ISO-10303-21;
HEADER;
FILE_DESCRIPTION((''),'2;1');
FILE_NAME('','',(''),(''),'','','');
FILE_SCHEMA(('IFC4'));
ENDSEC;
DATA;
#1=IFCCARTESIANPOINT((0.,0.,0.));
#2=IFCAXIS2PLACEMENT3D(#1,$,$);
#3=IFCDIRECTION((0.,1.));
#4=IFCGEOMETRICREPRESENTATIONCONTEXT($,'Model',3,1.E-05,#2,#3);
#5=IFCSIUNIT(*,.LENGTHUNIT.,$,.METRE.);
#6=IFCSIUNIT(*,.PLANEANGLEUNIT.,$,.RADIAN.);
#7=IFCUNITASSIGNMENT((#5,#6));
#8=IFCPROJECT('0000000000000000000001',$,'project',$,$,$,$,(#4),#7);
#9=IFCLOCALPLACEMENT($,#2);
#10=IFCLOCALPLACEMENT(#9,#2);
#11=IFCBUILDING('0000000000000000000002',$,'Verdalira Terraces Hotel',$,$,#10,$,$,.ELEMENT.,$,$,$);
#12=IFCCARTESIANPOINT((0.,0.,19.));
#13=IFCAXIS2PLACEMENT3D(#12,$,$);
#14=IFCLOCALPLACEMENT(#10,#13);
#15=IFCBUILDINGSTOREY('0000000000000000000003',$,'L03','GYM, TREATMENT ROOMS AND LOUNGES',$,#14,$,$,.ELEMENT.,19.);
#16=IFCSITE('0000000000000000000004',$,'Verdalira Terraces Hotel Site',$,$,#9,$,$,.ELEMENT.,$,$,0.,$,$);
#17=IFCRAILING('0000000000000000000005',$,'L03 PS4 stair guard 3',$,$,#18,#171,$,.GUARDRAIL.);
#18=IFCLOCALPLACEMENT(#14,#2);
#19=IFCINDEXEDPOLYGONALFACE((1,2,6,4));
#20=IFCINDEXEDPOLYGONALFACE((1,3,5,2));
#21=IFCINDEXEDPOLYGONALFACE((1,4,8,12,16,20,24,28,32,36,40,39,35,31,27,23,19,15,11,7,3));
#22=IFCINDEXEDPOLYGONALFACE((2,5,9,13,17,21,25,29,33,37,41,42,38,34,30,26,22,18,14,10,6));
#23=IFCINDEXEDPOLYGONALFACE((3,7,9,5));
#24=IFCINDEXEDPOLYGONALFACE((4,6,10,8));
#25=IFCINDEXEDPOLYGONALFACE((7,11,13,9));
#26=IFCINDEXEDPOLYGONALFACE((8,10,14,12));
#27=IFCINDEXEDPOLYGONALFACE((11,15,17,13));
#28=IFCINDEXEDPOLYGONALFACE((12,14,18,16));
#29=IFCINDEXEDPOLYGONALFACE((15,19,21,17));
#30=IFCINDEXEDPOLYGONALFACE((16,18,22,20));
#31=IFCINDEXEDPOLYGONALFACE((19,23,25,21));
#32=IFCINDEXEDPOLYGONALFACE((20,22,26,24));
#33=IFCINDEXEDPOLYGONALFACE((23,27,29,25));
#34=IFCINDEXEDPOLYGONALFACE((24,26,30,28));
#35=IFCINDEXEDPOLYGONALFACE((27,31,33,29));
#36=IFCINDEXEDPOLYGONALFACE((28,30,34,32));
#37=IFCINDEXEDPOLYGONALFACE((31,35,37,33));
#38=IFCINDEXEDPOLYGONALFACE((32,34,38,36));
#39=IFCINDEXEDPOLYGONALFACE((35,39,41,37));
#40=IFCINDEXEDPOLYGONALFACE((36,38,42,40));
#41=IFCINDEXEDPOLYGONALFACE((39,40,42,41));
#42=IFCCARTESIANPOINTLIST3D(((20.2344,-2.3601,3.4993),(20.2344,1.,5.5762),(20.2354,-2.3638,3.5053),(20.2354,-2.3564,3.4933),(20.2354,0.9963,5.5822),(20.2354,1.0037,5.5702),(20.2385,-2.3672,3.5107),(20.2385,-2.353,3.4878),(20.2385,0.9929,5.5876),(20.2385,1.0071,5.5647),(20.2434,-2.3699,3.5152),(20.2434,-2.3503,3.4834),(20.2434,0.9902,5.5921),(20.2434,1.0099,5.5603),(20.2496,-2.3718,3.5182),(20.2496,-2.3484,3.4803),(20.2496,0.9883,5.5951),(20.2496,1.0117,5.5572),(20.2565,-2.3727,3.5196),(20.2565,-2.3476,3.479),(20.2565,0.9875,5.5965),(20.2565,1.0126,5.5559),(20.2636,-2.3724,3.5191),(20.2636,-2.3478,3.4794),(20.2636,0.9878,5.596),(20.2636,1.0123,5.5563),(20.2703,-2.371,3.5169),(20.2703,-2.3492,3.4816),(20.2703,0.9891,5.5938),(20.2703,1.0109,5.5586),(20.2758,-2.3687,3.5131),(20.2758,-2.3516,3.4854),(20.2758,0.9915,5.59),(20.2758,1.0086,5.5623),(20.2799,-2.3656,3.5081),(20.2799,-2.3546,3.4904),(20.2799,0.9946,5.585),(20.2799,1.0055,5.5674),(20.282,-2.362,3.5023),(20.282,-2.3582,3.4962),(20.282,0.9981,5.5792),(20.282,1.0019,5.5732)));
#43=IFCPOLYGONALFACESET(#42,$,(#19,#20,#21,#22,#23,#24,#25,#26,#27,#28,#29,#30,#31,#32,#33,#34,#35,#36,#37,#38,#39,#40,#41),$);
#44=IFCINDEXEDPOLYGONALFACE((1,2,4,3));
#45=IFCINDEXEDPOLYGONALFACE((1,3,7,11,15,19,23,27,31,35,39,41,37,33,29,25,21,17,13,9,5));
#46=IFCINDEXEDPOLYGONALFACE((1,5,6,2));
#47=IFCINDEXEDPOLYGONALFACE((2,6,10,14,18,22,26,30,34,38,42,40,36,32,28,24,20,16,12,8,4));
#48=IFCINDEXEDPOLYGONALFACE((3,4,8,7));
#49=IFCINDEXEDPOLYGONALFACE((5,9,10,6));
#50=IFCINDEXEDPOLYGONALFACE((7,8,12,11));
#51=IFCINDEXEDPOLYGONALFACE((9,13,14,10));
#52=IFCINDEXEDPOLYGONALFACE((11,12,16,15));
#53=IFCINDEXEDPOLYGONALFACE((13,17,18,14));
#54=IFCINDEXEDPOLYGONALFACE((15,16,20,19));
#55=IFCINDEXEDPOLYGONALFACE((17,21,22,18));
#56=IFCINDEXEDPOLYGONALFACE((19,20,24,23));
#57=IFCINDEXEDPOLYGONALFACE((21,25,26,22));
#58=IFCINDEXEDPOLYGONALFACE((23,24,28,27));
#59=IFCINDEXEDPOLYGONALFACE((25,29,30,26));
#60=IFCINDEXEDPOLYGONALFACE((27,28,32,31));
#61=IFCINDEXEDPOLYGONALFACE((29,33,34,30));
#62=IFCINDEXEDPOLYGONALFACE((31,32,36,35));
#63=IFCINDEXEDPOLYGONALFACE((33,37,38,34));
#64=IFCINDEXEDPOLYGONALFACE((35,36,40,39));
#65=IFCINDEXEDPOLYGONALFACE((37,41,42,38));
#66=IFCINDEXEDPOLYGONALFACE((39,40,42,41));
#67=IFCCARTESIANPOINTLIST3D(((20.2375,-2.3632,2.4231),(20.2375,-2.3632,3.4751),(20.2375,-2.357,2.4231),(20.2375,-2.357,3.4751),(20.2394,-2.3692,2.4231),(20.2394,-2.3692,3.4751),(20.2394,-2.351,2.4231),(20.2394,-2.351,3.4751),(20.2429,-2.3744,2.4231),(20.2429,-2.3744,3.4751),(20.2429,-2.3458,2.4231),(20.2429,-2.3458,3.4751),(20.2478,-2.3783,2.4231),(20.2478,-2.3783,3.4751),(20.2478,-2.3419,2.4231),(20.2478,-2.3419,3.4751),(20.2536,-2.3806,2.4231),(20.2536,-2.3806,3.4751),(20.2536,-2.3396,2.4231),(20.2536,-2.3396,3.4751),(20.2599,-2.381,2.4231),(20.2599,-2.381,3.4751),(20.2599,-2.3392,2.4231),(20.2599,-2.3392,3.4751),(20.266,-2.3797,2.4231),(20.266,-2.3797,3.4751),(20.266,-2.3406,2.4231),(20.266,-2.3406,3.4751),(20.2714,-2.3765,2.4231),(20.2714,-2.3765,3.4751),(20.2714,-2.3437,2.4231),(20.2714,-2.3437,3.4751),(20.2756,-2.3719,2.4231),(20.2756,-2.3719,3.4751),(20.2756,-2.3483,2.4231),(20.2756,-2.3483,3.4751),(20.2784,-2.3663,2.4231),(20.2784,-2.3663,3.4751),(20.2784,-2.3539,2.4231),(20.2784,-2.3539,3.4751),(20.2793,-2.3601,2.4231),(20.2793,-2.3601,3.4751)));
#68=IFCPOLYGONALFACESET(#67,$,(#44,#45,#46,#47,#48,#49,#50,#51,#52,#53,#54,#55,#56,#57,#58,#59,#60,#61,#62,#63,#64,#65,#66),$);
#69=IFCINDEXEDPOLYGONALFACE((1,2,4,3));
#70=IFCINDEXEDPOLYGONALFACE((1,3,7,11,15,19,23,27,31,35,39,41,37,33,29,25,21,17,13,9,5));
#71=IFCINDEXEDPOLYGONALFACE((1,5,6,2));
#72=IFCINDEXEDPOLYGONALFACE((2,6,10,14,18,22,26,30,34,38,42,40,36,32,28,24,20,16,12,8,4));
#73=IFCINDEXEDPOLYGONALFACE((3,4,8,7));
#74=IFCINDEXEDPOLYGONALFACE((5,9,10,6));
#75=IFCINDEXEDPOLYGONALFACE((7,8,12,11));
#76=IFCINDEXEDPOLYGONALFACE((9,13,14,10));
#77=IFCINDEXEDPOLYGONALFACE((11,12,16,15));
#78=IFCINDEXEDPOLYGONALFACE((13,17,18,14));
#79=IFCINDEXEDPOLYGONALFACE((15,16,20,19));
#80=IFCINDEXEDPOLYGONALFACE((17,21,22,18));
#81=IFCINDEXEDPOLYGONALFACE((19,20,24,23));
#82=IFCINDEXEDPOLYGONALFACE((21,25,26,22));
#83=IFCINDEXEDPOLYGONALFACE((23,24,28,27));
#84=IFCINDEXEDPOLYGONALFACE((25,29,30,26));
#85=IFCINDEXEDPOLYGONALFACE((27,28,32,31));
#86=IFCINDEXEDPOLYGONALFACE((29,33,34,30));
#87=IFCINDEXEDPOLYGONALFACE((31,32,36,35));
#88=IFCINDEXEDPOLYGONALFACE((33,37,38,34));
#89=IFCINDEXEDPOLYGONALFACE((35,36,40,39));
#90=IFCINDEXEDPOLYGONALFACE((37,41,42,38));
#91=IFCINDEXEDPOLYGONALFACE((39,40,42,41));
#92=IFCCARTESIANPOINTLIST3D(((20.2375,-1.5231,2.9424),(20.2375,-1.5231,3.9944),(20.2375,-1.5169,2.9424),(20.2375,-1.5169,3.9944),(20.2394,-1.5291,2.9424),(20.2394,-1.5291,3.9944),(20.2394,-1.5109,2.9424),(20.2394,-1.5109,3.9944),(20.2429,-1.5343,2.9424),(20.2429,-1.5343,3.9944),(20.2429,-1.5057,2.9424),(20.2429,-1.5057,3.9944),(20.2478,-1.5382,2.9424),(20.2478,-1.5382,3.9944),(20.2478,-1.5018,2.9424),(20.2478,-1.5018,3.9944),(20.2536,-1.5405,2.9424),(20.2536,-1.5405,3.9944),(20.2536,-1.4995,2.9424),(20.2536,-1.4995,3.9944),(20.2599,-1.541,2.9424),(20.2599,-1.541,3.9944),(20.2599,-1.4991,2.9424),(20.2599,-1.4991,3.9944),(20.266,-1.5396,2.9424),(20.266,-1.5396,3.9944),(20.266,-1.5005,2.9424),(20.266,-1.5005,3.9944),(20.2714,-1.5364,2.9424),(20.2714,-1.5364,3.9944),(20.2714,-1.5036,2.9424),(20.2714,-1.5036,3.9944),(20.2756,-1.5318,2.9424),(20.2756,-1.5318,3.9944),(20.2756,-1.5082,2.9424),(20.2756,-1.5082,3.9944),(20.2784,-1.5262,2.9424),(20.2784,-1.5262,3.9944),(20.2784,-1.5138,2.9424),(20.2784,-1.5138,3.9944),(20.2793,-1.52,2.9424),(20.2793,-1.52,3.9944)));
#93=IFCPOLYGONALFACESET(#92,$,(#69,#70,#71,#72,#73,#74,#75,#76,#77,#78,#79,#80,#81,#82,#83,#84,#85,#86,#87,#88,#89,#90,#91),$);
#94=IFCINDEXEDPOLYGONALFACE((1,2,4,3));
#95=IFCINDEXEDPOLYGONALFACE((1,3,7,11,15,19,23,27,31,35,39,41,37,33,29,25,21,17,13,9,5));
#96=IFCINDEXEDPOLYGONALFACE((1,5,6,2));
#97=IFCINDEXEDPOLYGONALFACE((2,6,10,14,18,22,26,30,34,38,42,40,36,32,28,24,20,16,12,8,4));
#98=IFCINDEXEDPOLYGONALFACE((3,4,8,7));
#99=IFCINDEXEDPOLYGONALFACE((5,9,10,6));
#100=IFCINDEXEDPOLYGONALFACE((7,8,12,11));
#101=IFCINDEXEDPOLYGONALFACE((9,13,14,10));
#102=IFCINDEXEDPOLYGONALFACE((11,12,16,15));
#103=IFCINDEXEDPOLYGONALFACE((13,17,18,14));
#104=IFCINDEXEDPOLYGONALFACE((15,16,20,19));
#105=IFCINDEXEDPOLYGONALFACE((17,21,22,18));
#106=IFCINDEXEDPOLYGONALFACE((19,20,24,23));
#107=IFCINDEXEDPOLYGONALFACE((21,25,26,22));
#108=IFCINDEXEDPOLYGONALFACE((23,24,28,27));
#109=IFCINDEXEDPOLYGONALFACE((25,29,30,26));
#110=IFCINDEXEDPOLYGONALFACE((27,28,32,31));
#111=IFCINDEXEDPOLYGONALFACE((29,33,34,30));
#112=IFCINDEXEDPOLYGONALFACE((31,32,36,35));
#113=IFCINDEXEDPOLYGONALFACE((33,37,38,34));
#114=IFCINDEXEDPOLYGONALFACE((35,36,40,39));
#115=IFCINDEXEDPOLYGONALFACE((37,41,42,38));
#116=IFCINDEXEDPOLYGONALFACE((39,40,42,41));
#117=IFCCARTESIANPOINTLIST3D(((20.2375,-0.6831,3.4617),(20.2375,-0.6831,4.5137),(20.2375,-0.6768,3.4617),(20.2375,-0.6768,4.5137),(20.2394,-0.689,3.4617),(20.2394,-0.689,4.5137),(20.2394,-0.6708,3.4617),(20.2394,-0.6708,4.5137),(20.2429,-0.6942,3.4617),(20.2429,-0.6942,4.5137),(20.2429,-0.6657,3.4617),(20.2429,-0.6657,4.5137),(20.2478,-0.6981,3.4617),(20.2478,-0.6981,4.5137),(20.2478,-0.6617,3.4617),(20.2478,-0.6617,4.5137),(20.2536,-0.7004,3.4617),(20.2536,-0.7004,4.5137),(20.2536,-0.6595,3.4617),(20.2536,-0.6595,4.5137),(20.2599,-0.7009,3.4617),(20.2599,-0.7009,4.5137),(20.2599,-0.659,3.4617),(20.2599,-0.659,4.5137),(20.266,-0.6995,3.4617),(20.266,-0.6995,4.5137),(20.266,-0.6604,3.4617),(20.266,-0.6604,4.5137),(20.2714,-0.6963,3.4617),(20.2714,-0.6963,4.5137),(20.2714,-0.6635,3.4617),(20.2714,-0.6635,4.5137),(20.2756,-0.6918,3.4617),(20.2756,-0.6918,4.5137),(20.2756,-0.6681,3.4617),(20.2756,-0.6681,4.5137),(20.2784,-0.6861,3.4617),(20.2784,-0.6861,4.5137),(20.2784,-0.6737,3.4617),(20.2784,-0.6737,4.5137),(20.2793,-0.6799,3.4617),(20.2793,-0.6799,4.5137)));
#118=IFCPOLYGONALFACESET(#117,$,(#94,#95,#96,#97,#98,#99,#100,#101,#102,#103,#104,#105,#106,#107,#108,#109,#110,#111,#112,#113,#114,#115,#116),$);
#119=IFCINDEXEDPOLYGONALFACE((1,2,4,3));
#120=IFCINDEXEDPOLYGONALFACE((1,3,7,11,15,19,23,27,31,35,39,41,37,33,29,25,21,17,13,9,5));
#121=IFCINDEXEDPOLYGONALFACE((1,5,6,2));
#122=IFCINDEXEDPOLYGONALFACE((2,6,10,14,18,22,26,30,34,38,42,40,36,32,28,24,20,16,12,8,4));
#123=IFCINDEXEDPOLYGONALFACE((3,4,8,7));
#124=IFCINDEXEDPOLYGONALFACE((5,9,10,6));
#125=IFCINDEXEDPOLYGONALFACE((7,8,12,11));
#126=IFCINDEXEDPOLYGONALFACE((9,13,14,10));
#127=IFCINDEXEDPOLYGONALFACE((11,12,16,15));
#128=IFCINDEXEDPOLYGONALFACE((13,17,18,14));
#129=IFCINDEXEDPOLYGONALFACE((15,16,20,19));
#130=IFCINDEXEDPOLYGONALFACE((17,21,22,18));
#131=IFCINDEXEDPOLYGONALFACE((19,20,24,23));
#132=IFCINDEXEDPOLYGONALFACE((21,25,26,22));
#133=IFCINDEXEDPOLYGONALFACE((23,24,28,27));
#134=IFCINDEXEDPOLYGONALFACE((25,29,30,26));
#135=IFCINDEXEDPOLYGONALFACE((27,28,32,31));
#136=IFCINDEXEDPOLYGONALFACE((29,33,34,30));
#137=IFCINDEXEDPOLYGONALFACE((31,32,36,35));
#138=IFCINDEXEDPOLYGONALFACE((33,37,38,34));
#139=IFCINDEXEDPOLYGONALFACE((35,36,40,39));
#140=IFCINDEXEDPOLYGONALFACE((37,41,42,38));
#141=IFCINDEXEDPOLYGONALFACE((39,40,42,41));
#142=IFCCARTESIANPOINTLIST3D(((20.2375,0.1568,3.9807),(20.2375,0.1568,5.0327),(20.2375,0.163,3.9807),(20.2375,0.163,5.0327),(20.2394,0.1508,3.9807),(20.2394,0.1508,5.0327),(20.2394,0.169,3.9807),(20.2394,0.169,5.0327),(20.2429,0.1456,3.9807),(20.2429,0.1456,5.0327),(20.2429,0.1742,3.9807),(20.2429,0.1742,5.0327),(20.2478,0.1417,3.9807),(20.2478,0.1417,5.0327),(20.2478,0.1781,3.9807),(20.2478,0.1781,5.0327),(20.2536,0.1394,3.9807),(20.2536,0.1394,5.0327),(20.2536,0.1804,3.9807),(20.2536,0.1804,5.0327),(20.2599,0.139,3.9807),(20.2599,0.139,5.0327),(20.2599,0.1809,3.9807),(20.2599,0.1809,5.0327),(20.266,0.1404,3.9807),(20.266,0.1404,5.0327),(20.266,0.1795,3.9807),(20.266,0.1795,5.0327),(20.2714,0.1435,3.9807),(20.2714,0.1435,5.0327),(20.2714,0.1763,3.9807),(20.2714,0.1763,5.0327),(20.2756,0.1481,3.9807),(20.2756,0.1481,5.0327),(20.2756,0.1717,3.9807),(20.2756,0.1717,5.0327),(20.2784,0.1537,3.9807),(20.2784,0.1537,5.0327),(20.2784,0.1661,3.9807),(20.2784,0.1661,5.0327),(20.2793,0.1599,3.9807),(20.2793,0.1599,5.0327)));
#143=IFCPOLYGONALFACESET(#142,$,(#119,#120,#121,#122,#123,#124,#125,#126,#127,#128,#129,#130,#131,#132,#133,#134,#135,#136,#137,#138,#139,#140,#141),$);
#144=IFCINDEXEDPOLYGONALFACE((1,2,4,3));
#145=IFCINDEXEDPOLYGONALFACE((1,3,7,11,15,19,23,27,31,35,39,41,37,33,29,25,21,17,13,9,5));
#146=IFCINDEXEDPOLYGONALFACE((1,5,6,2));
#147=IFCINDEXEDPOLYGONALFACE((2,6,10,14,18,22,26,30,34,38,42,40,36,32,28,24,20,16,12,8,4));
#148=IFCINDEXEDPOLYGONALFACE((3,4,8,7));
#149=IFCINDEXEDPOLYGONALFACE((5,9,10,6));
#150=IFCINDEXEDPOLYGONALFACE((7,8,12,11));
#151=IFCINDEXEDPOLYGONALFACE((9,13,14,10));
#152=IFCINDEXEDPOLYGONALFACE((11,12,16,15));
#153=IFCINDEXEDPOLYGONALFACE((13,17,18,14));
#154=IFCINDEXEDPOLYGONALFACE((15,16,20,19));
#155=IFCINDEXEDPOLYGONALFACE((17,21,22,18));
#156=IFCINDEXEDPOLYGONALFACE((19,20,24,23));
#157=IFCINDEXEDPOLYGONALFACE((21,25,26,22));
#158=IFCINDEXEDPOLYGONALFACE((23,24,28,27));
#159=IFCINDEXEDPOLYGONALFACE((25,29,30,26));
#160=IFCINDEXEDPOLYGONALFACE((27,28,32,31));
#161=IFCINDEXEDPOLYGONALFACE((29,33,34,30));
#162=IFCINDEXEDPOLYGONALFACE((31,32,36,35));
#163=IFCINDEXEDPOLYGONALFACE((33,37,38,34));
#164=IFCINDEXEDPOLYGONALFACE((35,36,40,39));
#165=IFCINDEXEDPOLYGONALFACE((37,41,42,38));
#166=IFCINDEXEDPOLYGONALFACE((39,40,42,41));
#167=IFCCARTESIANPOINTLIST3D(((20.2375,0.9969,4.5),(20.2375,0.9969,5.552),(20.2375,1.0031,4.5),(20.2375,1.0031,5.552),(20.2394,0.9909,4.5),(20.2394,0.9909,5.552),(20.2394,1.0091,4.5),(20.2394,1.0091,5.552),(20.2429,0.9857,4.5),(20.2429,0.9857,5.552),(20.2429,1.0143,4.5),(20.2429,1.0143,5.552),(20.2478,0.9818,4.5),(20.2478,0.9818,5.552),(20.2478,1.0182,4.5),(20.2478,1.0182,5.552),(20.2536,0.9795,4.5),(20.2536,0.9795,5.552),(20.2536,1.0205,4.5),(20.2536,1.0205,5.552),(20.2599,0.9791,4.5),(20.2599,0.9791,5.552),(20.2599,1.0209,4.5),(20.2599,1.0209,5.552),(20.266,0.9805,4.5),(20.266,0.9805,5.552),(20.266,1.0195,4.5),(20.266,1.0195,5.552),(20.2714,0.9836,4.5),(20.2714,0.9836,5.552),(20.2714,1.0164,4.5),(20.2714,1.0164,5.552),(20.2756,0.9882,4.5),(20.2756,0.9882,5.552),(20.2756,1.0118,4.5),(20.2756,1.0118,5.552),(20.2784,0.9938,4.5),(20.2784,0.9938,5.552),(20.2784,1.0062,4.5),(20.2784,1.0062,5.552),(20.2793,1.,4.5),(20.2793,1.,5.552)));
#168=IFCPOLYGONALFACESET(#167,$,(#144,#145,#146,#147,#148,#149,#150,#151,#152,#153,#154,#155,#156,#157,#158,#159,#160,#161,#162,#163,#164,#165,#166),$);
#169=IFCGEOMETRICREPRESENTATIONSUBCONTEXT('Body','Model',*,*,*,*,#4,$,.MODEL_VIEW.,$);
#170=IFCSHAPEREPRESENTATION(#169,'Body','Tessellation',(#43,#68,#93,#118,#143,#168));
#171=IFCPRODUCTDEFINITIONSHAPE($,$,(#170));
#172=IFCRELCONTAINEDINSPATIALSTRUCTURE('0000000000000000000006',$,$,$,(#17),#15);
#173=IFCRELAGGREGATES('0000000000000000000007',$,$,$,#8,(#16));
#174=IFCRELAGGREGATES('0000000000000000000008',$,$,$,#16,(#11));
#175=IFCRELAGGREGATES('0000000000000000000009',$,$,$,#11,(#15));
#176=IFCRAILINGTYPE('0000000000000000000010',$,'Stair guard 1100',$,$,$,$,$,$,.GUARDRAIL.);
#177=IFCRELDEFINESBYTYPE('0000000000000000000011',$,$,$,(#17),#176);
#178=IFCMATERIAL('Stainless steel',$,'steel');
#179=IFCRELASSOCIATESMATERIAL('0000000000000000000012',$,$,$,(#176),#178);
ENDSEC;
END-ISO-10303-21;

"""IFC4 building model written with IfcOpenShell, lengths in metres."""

from ifc_helpers import new_model, si_unit, direction, frame, origin, origin_2d, place, context, subcontext, project, spatial, circle, extrude, material, type_object, element, save


model = new_model("IFC4")

# Units and contexts
model_context = context("Model", 3, precision=1e-05, world=origin(), true_north=direction((0.0, 1.0)))
body_context = subcontext(model_context, "Body", "Model", "MODEL_VIEW")
ifc_project = project(units=[si_unit("LENGTHUNIT", "METRE"), si_unit("PLANEANGLEUNIT", "RADIAN")], contexts=[model_context])

# Site, building, storey
site_placement = place(None, origin())
site = spatial("IfcSite", under=ifc_project, at=site_placement, Name="Verdalira Terraces Hotel Site", CompositionType="ELEMENT", RefElevation=0.0)
building_placement = place(site_placement, origin())
building = spatial("IfcBuilding", under=site, at=building_placement, Name="Verdalira Terraces Hotel", CompositionType="ELEMENT")
storey_placement = place(building_placement, frame((0.0, 0.0, 19.0)))
storey = spatial("IfcBuildingStorey", under=building, at=storey_placement, Name="L03", Description="GYM, TREATMENT ROOMS AND LOUNGES", CompositionType="ELEMENT", Elevation=19.0)

# Railing
ifc_material_1 = material(Name="Stainless steel", Category="steel")
railing_type_1 = type_object("IfcRailingType", Name="Stair guard 1100", PredefinedType="GUARDRAIL", material=ifc_material_1)
railing_1_placement = place(storey_placement, frame((20.2583, -2.3601, 2.4231)))
element("IfcRailing", 1, at=railing_1_placement, inside=storey, type_object=railing_type_1, Name="L03 PS4 stair guard 3", PredefinedType="GUARDRAIL", context=body_context, shape_type="SweptSolid", body=[
    extrude(circle(Radius=0.0239, at=origin_2d()), frame((0.0, 0.0, 1.0762), z_axis=(0.0, 0.850623, 0.525776), x_axis=(-1.0, 0.0, 0.0)), (0.0, 0.0, 1.0), 3.9502),
    extrude(circle(Radius=0.021, at=origin_2d()), origin(), (0.0, 0.0, 1.0), 1.052),
    extrude(circle(Radius=0.021, at=origin_2d()), frame((0.0, 0.8401, 0.5193)), (0.0, 0.0, 1.0), 1.052),
    extrude(circle(Radius=0.021, at=origin_2d()), frame((0.0, 1.6802, 1.0386)), (0.0, 0.0, 1.0), 1.052),
    extrude(circle(Radius=0.021, at=origin_2d()), frame((0.0, 2.52, 1.5576)), (0.0, 0.0, 1.0), 1.052),
    extrude(circle(Radius=0.021, at=origin_2d()), frame((0.0, 3.3601, 2.0769)), (0.0, 0.0, 1.0), 1.052),
])

save(model, "model.ifc")
